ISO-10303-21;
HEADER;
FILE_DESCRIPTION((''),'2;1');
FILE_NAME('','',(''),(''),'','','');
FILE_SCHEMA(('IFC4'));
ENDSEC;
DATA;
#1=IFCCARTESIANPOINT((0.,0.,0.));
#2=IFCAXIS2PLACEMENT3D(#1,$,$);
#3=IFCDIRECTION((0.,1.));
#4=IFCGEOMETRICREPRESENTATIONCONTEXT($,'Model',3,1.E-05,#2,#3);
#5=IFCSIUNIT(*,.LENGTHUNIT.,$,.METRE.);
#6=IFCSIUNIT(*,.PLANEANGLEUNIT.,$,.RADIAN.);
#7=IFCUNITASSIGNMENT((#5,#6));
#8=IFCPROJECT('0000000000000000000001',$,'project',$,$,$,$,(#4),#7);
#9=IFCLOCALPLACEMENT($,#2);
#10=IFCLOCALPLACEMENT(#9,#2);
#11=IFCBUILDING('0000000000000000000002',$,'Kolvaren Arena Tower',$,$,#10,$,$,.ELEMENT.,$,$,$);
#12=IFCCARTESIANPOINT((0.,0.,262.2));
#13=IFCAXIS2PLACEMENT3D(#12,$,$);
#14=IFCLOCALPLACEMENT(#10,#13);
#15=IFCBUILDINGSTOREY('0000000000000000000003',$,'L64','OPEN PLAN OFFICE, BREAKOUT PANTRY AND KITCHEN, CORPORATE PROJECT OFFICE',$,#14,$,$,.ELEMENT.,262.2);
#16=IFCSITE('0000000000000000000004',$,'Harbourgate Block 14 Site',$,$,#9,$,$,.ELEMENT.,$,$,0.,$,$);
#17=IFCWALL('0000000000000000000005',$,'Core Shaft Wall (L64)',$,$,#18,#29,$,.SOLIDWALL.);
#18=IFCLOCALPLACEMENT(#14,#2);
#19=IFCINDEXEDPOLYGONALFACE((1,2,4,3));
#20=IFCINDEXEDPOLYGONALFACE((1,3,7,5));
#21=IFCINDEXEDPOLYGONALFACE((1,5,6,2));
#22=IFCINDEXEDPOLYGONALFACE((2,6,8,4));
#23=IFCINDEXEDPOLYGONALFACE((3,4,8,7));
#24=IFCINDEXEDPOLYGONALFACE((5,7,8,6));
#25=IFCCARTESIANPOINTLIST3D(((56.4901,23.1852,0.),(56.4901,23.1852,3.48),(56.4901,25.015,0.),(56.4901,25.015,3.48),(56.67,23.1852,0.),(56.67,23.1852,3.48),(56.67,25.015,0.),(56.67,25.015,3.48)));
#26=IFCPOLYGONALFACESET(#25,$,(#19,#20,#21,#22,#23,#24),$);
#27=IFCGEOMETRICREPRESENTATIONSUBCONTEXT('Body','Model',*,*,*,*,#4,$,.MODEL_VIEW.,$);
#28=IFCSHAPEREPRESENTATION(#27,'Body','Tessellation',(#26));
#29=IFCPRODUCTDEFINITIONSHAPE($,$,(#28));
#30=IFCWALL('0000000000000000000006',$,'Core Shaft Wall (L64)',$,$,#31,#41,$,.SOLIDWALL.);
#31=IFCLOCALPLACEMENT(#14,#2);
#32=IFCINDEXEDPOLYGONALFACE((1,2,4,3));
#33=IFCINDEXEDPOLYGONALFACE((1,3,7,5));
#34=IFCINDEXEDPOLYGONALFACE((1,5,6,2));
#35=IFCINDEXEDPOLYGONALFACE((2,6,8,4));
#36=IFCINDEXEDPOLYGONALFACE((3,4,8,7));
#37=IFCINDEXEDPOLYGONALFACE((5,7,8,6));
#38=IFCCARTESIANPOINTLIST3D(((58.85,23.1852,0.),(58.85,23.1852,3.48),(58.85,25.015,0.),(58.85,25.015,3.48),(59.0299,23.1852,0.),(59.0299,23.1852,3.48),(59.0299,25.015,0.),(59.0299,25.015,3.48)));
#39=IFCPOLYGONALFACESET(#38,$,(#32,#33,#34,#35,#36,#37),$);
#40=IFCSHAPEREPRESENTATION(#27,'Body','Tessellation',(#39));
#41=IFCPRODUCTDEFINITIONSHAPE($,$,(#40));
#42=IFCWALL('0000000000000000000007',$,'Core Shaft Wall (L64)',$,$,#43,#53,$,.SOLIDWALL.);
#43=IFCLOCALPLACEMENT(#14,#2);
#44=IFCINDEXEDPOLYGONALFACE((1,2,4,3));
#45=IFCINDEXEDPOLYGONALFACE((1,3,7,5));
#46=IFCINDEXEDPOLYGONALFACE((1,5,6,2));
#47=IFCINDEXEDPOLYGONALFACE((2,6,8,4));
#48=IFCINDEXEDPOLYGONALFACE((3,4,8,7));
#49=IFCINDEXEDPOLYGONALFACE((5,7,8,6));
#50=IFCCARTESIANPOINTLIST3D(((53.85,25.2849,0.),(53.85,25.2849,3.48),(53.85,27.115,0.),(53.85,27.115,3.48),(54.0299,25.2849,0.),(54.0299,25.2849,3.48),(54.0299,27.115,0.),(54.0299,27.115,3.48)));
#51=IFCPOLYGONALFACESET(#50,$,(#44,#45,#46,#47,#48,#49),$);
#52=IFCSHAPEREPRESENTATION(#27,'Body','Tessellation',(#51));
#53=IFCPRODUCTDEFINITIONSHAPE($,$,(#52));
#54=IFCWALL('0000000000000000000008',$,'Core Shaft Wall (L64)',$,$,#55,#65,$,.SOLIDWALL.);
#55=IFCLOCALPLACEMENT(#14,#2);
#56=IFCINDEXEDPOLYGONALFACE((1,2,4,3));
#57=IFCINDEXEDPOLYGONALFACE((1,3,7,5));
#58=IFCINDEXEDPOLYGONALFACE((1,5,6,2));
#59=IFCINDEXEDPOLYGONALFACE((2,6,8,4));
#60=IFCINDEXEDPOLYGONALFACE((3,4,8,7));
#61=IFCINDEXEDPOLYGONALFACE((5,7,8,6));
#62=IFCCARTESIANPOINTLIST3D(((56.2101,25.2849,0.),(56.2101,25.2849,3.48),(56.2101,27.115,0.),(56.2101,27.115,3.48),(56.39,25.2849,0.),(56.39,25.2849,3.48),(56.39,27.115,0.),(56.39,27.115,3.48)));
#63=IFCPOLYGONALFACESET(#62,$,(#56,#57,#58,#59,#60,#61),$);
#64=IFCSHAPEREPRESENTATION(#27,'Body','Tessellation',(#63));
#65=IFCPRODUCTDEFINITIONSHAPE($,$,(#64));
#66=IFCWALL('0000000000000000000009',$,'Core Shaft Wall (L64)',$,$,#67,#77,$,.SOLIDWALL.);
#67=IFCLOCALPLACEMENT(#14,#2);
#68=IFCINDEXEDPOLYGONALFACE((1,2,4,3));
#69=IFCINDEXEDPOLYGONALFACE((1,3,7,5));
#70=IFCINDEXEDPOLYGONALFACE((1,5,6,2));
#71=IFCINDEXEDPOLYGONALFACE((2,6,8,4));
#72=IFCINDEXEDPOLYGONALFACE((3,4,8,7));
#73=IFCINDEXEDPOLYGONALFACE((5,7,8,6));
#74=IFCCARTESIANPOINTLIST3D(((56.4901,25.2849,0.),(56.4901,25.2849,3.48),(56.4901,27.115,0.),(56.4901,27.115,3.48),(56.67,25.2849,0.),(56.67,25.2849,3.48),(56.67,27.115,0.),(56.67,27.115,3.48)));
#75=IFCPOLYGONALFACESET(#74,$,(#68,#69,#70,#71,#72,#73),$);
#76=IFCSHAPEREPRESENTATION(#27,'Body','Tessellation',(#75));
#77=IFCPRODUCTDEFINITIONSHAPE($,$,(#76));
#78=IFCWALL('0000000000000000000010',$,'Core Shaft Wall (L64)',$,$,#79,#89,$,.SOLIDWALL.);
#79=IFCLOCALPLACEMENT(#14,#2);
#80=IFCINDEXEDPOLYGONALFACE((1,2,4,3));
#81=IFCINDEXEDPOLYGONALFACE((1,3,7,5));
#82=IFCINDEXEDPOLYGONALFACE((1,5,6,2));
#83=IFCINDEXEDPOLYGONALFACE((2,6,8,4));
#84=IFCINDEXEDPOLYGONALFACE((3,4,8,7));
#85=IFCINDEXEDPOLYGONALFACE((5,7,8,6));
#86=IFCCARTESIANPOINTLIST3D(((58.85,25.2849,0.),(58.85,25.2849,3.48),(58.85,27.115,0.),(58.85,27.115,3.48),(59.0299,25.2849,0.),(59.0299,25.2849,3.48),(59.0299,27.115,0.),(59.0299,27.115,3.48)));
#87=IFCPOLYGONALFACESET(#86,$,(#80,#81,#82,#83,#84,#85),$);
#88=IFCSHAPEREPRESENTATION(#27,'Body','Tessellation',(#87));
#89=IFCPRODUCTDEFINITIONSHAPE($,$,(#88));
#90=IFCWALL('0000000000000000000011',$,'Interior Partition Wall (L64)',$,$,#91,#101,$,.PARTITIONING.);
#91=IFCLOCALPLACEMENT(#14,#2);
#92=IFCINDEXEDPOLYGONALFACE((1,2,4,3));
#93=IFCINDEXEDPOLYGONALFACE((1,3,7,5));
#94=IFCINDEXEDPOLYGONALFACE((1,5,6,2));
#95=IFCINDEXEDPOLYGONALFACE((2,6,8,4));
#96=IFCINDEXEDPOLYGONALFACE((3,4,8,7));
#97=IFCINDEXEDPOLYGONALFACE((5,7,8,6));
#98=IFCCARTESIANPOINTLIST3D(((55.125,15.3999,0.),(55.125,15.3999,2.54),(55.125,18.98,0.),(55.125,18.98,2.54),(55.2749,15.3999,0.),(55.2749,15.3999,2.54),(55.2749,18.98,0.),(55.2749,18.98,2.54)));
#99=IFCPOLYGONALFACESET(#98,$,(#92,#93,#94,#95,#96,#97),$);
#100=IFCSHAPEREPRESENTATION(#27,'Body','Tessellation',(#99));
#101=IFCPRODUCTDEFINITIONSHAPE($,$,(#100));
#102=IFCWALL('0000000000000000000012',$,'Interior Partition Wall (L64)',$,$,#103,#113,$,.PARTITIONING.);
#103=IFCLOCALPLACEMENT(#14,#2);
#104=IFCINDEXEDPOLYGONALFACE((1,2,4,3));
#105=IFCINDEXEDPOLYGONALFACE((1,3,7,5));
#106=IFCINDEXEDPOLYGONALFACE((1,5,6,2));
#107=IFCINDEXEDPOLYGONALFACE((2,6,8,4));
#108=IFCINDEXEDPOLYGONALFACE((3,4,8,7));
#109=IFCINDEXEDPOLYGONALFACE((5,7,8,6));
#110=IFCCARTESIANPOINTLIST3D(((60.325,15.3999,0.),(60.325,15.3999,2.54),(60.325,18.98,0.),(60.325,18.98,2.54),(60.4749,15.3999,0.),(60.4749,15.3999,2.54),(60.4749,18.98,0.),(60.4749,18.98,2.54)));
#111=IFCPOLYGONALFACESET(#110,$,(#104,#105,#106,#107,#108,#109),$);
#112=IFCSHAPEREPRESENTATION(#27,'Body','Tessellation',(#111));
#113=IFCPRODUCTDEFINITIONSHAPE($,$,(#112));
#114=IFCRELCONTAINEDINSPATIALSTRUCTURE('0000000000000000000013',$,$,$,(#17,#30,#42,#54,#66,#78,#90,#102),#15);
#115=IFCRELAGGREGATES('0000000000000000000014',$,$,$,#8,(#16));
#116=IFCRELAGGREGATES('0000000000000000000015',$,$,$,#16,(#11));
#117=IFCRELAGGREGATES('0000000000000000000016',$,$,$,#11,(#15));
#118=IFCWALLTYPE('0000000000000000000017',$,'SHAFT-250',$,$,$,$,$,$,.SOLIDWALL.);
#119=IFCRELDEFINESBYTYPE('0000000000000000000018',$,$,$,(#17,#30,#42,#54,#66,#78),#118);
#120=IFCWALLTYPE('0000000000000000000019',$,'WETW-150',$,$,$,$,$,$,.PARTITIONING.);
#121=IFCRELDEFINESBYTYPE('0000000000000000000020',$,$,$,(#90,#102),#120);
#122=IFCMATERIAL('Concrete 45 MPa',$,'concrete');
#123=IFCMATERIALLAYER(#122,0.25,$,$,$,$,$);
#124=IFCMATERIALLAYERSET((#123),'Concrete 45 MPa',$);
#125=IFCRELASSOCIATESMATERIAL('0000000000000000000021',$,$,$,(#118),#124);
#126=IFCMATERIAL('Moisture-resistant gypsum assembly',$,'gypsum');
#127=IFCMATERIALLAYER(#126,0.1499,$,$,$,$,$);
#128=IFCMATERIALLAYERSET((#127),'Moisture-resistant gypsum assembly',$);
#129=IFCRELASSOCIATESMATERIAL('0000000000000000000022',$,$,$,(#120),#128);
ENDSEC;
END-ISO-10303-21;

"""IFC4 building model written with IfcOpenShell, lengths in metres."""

from ifc_helpers import new_model, si_unit, direction, frame, frame_2d, origin, place, context, subcontext, project, spatial, rectangle, extrude, material, layer, layer_set, type_object, element, save


model = new_model("IFC4")

# Units and contexts
model_context = context("Model", 3, precision=1e-05, world=origin(), true_north=direction((0.0, 1.0)))
body_context = subcontext(model_context, "Body", "Model", "MODEL_VIEW")
ifc_project = project(units=[si_unit("LENGTHUNIT", "METRE"), si_unit("PLANEANGLEUNIT", "RADIAN")], contexts=[model_context])

# Site, building, storey
site_placement = place(None, origin())
site = spatial("IfcSite", under=ifc_project, at=site_placement, Name="Harbourgate Block 14 Site", CompositionType="ELEMENT", RefElevation=0.0)
building_placement = place(site_placement, origin())
building = spatial("IfcBuilding", under=site, at=building_placement, Name="Kolvaren Arena Tower", CompositionType="ELEMENT")
storey_placement = place(building_placement, frame((0.0, 0.0, 262.2)))
storey = spatial("IfcBuildingStorey", under=building, at=storey_placement, Name="L64", Description="OPEN PLAN OFFICE, BREAKOUT PANTRY AND KITCHEN, CORPORATE PROJECT OFFICE", CompositionType="ELEMENT", Elevation=262.2)

# Shared definitions
ifc_material_1 = material(Name="Concrete 45 MPa", Category="concrete")
ifc_layer_1 = layer(ifc_material_1, 0.25)
ifc_layer_set_1 = layer_set([ifc_layer_1], Name="Concrete 45 MPa")
wall_type_1 = type_object("IfcWallType", Name="SHAFT-250", PredefinedType="SOLIDWALL", material=ifc_layer_set_1)

# Walls
for number, where, z_axis, x_axis, name in (
    (1, (56.5801, 23.1851, 0.0), (0.0, 0.0, 1.0), (0.0, 1.0, 0.0), "Core Shaft Wall (L64)"),
    (2, (58.9399, 23.1851, 0.0), (0.0, 0.0, 1.0), (0.0, 1.0, 0.0), "Core Shaft Wall (L64)"),
):
    element("IfcWall", number, at=place(storey_placement, frame(where, z_axis=z_axis, x_axis=x_axis)), inside=storey, type_object=wall_type_1, Name=name, PredefinedType="SOLIDWALL", context=body_context, shape_type="SweptSolid", body=[
        extrude(rectangle(XDim=1.8298, YDim=0.1799, at=frame_2d((0.915, 0.0))), origin(), (0.0, 0.0, 1.0), 3.48),
    ])
for number, where, z_axis, x_axis, name in (
    (3, (53.9399, 25.2849, 0.0), (0.0, 0.0, 1.0), (0.0, 1.0, 0.0), "Core Shaft Wall (L64)"),
    (4, (56.3, 25.2849, 0.0), (0.0, 0.0, 1.0), (0.0, 1.0, 0.0), "Core Shaft Wall (L64)"),
    (5, (56.5801, 25.2849, 0.0), (0.0, 0.0, 1.0), (0.0, 1.0, 0.0), "Core Shaft Wall (L64)"),
    (6, (58.9399, 25.2849, 0.0), (0.0, 0.0, 1.0), (0.0, 1.0, 0.0), "Core Shaft Wall (L64)"),
):
    element("IfcWall", number, at=place(storey_placement, frame(where, z_axis=z_axis, x_axis=x_axis)), inside=storey, type_object=wall_type_1, Name=name, PredefinedType="SOLIDWALL", context=body_context, shape_type="SweptSolid", body=[
        extrude(rectangle(XDim=1.8301, YDim=0.1799, at=frame_2d((0.915, 0.0))), origin(), (0.0, 0.0, 1.0), 3.48),
    ])
ifc_material_2 = material(Name="Moisture-resistant gypsum assembly", Category="gypsum")
ifc_layer_2 = layer(ifc_material_2, 0.1499)
ifc_layer_set_2 = layer_set([ifc_layer_2], Name="Moisture-resistant gypsum assembly")
wall_type_2 = type_object("IfcWallType", Name="WETW-150", PredefinedType="PARTITIONING", material=ifc_layer_set_2)
for number, where, z_axis, x_axis, name in (
    (7, (55.2, 15.3999, 0.0), (0.0, 0.0, 1.0), (0.0, 1.0, 0.0), "Interior Partition Wall (L64)"),
    (8, (60.3999, 15.3999, 0.0), (0.0, 0.0, 1.0), (0.0, 1.0, 0.0), "Interior Partition Wall (L64)"),
):
    element("IfcWall", number, at=place(storey_placement, frame(where, z_axis=z_axis, x_axis=x_axis)), inside=storey, type_object=wall_type_2, Name=name, PredefinedType="PARTITIONING", context=body_context, shape_type="SweptSolid", body=[
        extrude(rectangle(XDim=3.5801, YDim=0.1499, at=frame_2d((1.79, 0.0))), origin(), (0.0, 0.0, 1.0), 2.54),
    ])

save(model, "model.ifc")
